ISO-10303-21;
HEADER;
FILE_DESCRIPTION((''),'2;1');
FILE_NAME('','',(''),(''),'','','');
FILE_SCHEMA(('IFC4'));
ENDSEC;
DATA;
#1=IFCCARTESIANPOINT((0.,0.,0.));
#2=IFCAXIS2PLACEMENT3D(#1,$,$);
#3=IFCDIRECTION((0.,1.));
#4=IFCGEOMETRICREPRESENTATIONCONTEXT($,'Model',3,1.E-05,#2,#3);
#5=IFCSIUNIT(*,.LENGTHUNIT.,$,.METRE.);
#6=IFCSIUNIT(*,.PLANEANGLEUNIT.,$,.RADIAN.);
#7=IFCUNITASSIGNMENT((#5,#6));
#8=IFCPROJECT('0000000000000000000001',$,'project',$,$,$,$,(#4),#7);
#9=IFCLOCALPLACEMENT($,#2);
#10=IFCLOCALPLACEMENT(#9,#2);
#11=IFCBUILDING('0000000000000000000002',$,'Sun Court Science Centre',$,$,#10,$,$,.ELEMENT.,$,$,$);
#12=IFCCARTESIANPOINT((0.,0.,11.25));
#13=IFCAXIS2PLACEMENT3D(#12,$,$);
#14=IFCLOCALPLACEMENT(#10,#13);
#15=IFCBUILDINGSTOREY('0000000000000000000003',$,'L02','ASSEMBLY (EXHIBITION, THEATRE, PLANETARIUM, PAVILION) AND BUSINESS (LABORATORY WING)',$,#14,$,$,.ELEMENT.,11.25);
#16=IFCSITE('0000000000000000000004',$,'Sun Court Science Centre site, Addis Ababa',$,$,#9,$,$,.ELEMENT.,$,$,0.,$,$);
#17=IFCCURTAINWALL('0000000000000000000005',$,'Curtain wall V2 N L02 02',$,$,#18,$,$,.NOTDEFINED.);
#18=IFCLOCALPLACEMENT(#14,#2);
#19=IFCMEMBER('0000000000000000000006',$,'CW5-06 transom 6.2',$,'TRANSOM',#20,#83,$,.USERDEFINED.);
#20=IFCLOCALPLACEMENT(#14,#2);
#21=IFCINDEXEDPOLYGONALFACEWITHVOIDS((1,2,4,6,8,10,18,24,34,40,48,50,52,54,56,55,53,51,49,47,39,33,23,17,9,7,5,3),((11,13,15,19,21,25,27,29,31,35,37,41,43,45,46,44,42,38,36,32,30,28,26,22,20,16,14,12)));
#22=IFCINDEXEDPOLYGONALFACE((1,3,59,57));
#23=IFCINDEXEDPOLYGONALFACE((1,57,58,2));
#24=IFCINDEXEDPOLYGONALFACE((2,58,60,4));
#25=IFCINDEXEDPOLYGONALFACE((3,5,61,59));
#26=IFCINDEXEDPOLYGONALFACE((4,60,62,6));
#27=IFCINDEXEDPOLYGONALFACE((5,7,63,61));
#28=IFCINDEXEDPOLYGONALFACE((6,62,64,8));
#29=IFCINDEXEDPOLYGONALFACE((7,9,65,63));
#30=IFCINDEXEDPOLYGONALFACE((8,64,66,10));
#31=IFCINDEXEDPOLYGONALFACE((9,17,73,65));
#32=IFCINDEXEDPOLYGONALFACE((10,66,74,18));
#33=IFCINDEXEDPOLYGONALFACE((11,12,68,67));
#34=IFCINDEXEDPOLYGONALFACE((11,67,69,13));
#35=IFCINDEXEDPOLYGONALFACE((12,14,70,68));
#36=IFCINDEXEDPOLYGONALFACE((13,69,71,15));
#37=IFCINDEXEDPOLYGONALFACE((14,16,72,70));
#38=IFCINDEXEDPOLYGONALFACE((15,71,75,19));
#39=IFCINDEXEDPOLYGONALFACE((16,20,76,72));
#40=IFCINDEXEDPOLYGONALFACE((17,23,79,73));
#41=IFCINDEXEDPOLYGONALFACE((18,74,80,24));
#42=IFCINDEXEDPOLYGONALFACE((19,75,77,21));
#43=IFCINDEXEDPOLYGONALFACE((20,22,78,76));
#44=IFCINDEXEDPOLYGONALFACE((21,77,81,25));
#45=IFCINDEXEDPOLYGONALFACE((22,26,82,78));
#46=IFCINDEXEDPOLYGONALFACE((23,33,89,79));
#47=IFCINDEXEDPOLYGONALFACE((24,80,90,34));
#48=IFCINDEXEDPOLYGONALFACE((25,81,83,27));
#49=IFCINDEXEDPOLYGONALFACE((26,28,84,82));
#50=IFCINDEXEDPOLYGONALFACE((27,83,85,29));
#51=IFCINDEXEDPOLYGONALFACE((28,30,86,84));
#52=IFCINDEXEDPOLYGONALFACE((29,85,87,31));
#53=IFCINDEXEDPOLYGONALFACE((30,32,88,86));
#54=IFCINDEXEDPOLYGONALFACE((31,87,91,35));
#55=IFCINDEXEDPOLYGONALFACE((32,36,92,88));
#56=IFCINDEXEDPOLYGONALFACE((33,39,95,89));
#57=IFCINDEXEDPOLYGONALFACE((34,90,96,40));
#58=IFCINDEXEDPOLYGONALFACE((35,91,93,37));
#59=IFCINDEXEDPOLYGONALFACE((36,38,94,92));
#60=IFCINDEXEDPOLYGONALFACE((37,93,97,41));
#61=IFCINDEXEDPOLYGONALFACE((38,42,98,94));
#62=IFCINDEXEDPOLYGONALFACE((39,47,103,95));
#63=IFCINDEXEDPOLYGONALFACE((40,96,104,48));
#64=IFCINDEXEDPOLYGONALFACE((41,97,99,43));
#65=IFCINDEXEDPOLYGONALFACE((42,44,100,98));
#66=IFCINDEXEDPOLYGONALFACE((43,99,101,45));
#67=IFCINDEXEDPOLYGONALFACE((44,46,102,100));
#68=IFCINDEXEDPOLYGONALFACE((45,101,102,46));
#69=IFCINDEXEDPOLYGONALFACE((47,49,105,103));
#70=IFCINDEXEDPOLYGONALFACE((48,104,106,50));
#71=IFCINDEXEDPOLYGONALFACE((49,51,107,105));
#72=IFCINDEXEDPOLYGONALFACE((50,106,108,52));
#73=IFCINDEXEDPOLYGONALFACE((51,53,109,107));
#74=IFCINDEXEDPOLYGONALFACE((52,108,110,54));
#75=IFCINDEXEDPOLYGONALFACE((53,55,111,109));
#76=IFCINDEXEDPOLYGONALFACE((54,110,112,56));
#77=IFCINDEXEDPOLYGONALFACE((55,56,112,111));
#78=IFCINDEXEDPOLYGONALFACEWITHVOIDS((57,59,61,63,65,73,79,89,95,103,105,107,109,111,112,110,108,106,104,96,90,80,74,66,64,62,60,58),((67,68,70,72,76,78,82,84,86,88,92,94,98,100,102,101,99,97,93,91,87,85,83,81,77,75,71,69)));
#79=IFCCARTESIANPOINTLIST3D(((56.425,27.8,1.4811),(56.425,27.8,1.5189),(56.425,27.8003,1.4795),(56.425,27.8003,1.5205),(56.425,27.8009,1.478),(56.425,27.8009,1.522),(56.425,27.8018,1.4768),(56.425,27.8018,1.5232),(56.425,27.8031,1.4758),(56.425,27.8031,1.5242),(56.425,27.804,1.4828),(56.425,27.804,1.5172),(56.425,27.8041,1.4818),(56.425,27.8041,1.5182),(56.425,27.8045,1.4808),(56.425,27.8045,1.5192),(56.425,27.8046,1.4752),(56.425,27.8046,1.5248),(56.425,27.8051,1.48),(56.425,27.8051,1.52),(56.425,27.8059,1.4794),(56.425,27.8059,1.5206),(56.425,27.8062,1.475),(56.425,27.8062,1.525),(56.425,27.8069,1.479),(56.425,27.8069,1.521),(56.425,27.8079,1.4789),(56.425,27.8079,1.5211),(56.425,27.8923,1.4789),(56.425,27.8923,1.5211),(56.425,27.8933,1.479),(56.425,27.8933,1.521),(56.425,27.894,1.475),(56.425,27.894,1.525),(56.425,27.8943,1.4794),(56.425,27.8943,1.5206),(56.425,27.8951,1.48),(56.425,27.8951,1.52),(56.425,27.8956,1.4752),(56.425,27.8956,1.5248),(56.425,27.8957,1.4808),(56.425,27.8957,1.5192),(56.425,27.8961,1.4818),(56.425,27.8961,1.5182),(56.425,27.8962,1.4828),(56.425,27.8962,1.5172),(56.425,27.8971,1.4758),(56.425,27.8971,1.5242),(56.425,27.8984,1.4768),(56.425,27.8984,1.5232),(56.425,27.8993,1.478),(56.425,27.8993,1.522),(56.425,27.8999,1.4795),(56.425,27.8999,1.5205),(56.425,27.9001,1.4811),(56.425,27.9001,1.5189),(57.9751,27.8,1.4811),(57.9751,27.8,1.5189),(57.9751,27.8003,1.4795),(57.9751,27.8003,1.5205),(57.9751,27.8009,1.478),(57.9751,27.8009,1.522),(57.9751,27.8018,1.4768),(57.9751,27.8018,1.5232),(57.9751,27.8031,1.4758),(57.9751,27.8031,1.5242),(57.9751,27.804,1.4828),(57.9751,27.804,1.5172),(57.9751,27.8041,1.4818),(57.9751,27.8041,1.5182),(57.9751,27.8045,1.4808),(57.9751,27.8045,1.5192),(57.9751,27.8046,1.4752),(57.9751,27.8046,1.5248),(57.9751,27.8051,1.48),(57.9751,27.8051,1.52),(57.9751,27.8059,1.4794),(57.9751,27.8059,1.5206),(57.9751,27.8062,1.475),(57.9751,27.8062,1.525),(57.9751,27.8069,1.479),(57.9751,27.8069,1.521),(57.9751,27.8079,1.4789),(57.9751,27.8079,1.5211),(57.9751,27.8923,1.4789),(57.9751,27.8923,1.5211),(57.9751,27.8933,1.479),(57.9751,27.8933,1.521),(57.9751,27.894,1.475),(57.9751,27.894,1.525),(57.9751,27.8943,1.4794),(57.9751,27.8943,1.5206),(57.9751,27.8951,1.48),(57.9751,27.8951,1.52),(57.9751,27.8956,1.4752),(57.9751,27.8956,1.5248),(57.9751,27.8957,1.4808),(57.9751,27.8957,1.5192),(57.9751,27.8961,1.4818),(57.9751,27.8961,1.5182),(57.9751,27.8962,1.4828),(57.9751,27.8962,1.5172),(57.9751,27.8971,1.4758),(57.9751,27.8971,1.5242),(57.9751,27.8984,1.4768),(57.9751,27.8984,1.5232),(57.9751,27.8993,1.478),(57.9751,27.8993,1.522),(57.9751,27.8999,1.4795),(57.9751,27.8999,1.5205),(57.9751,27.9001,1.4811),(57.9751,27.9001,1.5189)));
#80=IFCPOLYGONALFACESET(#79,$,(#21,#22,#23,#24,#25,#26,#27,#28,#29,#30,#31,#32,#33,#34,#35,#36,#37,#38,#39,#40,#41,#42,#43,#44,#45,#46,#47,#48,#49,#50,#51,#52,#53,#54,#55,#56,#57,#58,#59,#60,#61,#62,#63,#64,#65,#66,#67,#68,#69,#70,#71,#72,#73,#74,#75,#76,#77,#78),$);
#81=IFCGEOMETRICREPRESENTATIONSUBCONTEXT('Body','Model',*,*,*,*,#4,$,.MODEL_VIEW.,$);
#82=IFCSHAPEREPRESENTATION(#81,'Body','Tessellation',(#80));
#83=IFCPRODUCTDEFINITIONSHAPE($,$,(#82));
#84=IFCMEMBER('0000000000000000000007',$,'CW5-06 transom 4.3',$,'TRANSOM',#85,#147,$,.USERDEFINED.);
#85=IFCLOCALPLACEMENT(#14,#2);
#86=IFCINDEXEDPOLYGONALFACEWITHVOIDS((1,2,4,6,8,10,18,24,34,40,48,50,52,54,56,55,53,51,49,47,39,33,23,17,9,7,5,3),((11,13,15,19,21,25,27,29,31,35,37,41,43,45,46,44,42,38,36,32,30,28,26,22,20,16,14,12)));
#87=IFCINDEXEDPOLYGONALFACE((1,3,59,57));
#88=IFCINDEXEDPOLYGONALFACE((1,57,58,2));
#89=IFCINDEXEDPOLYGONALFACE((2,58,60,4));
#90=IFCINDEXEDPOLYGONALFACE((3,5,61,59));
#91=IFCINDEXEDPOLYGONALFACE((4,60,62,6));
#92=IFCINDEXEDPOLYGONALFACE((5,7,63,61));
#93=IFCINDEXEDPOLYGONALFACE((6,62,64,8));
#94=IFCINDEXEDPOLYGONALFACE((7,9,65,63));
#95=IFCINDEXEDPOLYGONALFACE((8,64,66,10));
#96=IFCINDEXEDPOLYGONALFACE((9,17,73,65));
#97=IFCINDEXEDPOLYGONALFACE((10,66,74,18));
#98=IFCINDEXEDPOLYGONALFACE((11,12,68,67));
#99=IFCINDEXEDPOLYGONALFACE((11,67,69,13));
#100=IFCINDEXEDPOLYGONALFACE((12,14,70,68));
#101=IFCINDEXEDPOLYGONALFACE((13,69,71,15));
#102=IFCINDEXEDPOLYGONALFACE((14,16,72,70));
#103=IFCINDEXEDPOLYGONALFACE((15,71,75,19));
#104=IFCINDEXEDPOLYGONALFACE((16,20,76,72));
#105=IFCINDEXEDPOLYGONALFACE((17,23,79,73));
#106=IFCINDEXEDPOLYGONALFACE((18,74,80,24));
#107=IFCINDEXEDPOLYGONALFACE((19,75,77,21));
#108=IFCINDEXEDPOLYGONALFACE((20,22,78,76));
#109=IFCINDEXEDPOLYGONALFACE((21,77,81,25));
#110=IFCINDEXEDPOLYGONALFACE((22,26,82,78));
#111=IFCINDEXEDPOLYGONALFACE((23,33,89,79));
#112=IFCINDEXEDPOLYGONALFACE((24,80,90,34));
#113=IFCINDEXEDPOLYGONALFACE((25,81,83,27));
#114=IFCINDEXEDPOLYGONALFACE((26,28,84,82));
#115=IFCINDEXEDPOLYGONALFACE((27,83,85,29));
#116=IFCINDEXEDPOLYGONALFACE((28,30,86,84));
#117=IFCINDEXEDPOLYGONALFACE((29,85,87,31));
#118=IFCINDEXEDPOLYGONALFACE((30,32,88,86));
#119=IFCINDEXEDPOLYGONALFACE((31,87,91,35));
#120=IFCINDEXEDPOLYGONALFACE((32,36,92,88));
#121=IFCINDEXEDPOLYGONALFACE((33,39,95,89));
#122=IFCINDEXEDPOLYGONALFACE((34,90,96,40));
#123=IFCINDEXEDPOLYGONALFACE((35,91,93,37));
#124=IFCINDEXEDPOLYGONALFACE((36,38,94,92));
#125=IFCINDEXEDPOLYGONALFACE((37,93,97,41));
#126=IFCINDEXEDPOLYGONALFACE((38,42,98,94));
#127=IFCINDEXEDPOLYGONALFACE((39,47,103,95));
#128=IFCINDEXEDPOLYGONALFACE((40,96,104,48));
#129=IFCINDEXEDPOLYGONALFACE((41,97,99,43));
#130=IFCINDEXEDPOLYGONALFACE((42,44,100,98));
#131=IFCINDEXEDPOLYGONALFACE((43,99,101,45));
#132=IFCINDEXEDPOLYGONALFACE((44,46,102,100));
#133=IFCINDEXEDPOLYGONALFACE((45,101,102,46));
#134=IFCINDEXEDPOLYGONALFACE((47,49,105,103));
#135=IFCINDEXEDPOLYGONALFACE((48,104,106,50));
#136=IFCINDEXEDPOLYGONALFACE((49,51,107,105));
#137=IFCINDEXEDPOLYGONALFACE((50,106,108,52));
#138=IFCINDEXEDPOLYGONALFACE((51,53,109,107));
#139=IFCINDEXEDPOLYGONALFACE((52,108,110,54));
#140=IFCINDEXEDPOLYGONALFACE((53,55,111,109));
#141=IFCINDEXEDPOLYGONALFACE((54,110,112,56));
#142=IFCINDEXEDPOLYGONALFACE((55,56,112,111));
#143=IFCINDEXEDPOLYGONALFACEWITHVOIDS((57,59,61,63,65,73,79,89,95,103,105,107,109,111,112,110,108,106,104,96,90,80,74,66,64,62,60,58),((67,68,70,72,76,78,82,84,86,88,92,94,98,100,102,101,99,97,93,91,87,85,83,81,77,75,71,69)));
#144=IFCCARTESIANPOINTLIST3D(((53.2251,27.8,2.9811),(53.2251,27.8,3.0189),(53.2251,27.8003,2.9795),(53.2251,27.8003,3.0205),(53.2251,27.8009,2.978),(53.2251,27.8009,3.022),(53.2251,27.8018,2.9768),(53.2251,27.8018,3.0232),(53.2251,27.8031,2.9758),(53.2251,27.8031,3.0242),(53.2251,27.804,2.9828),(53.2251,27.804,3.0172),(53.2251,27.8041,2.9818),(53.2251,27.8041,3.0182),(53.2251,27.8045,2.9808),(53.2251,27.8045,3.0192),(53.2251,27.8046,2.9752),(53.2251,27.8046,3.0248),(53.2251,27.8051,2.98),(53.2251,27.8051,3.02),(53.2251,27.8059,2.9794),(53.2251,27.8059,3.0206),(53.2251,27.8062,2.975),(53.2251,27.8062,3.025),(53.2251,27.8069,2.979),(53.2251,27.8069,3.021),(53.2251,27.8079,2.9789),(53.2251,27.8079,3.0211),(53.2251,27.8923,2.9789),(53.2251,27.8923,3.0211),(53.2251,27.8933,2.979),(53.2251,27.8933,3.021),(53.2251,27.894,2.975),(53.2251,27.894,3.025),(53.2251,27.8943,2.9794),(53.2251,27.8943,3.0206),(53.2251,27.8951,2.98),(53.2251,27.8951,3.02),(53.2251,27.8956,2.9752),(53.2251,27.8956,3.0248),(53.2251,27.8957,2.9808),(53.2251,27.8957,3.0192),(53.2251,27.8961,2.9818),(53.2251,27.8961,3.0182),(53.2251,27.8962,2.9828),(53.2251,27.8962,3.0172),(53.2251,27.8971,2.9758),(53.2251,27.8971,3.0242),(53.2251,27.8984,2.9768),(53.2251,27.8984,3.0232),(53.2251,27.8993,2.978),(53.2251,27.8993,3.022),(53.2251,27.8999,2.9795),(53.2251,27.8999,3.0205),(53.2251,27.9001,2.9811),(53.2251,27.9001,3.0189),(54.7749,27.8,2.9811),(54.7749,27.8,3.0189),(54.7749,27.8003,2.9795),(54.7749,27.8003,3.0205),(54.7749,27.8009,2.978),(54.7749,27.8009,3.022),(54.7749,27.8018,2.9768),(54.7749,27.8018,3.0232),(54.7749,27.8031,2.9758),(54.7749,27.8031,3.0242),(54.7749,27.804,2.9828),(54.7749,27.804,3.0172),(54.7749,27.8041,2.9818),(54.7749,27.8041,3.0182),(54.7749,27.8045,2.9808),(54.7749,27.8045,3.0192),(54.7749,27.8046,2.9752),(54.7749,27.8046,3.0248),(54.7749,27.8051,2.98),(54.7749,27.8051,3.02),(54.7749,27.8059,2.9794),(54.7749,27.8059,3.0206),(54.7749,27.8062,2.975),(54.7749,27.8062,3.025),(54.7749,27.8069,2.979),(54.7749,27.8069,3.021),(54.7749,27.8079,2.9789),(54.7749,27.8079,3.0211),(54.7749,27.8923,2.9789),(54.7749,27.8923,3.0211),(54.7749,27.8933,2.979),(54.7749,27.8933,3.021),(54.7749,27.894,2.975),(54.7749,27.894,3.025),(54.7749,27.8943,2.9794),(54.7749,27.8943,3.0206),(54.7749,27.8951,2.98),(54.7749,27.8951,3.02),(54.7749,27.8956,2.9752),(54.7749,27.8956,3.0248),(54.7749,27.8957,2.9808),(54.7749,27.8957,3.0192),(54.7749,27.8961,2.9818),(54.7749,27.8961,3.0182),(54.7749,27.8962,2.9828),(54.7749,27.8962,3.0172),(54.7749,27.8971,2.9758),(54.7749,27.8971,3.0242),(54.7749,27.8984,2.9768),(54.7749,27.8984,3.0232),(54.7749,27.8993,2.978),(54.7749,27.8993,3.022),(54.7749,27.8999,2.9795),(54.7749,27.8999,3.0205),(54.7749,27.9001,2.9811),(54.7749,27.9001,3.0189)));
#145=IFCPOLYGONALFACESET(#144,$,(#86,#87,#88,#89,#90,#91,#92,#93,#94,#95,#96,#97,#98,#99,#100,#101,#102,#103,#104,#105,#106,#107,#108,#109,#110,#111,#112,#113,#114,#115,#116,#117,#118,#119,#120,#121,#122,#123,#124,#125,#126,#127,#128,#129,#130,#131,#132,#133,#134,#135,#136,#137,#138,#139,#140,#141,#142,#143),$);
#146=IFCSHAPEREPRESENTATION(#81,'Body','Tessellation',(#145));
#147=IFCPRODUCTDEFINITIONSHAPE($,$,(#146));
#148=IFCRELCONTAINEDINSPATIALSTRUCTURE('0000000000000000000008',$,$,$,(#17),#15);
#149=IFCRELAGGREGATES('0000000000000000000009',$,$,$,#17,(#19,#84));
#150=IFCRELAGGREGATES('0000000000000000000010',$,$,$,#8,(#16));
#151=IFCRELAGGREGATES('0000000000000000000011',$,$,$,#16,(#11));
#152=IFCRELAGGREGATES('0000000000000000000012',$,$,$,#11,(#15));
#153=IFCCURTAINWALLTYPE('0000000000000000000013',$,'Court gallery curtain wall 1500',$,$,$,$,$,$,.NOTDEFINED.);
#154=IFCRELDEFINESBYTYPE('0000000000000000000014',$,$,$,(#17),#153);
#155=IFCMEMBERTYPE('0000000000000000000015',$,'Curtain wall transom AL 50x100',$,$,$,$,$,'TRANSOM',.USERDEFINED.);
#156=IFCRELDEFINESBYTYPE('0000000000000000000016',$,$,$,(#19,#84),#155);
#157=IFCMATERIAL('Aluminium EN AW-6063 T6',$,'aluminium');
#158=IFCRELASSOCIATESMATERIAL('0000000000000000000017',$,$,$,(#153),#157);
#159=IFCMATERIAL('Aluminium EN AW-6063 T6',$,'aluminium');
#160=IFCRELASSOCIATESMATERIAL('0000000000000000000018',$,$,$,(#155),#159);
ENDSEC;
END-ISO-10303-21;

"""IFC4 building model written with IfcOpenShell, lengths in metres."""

from ifc_helpers import new_model, si_unit, direction, frame, origin, origin_2d, place, context, subcontext, project, spatial, hollow_rectangle, extrude, material, material_profile, profile_set, type_object, element, aggregate, save


model = new_model("IFC4")

# Units and contexts
model_context = context("Model", 3, precision=1e-05, world=origin(), true_north=direction((0.0, 1.0)))
body_context = subcontext(model_context, "Body", "Model", "MODEL_VIEW")
ifc_project = project(units=[si_unit("LENGTHUNIT", "METRE"), si_unit("PLANEANGLEUNIT", "RADIAN")], contexts=[model_context])

# Site, building, storey
site_placement = place(None, origin())
site = spatial("IfcSite", under=ifc_project, at=site_placement, Name="Sun Court Science Centre site, Addis Ababa", CompositionType="ELEMENT", RefElevation=0.0)
building_placement = place(site_placement, origin())
building = spatial("IfcBuilding", under=site, at=building_placement, Name="Sun Court Science Centre", CompositionType="ELEMENT")
storey_placement = place(building_placement, frame((0.0, 0.0, 11.25)))
storey = spatial("IfcBuildingStorey", under=building, at=storey_placement, Name="L02", Description="ASSEMBLY (EXHIBITION, THEATRE, PLANETARIUM, PAVILION) AND BUSINESS (LABORATORY WING)", CompositionType="ELEMENT", Elevation=11.25)

# Curtain wall, members
ifc_material_1 = material(Name="Aluminium EN AW-6063 T6", Category="aluminium")
curtain_wall_type_1 = type_object("IfcCurtainWallType", Name="Court gallery curtain wall 1500", PredefinedType="NOTDEFINED", material=ifc_material_1)
curtain_wall_1_placement = place(storey_placement, origin())
curtain_wall_1 = element("IfcCurtainWall", 1, at=curtain_wall_1_placement, inside=storey, type_object=curtain_wall_type_1, Name="Curtain wall V2 N L02 02", PredefinedType="NOTDEFINED")
ifc_material_2 = material(Name="Aluminium EN AW-6063 T6", Category="aluminium")
ifc_material_profile_1 = material_profile(ifc_material_2, hollow_rectangle(XDim=0.05, YDim=0.1001, WallThickness=0.0039, InnerFilletRadius=0.0039, OuterFilletRadius=0.0061, at=origin_2d()), Name="AL 50x100x4")
ifc_profile_set_1 = profile_set([ifc_material_profile_1], Name="Aluminium EN AW-6063 T6")
member_type_1 = type_object("IfcMemberType", Name="Curtain wall transom AL 50x100", ElementType="TRANSOM", PredefinedType="USERDEFINED", material=ifc_profile_set_1)
member_1_placement = place(storey_placement, frame((56.425, 27.8501, 1.5), z_axis=(1.0, 0.0, 0.0), x_axis=(0.0, 0.0, 1.0)))
member_1 = element("IfcMember", 2, at=member_1_placement, type_object=member_type_1, Name="CW5-06 transom 6.2", ObjectType="TRANSOM", PredefinedType="USERDEFINED", context=body_context, shape_type="SweptSolid", body=[
    extrude(hollow_rectangle(XDim=0.05, YDim=0.1001, WallThickness=0.0039, InnerFilletRadius=0.0039, OuterFilletRadius=0.0061, at=origin_2d()), origin(), (0.0, 0.0, 1.0), 1.55),
])
member_2_placement = place(storey_placement, frame((53.2251, 27.8501, 3.0), z_axis=(1.0, 0.0, 0.0), x_axis=(0.0, 0.0, 1.0)))
member_2 = element("IfcMember", 3, at=member_2_placement, type_object=member_type_1, Name="CW5-06 transom 4.3", ObjectType="TRANSOM", PredefinedType="USERDEFINED", context=body_context, shape_type="SweptSolid", body=[
    extrude(hollow_rectangle(XDim=0.05, YDim=0.1001, WallThickness=0.0039, InnerFilletRadius=0.0039, OuterFilletRadius=0.0061, at=origin_2d()), origin(), (0.0, 0.0, 1.0), 1.5498),
])

aggregate(curtain_wall_1, [member_1, member_2])

save(model, "model.ifc")
